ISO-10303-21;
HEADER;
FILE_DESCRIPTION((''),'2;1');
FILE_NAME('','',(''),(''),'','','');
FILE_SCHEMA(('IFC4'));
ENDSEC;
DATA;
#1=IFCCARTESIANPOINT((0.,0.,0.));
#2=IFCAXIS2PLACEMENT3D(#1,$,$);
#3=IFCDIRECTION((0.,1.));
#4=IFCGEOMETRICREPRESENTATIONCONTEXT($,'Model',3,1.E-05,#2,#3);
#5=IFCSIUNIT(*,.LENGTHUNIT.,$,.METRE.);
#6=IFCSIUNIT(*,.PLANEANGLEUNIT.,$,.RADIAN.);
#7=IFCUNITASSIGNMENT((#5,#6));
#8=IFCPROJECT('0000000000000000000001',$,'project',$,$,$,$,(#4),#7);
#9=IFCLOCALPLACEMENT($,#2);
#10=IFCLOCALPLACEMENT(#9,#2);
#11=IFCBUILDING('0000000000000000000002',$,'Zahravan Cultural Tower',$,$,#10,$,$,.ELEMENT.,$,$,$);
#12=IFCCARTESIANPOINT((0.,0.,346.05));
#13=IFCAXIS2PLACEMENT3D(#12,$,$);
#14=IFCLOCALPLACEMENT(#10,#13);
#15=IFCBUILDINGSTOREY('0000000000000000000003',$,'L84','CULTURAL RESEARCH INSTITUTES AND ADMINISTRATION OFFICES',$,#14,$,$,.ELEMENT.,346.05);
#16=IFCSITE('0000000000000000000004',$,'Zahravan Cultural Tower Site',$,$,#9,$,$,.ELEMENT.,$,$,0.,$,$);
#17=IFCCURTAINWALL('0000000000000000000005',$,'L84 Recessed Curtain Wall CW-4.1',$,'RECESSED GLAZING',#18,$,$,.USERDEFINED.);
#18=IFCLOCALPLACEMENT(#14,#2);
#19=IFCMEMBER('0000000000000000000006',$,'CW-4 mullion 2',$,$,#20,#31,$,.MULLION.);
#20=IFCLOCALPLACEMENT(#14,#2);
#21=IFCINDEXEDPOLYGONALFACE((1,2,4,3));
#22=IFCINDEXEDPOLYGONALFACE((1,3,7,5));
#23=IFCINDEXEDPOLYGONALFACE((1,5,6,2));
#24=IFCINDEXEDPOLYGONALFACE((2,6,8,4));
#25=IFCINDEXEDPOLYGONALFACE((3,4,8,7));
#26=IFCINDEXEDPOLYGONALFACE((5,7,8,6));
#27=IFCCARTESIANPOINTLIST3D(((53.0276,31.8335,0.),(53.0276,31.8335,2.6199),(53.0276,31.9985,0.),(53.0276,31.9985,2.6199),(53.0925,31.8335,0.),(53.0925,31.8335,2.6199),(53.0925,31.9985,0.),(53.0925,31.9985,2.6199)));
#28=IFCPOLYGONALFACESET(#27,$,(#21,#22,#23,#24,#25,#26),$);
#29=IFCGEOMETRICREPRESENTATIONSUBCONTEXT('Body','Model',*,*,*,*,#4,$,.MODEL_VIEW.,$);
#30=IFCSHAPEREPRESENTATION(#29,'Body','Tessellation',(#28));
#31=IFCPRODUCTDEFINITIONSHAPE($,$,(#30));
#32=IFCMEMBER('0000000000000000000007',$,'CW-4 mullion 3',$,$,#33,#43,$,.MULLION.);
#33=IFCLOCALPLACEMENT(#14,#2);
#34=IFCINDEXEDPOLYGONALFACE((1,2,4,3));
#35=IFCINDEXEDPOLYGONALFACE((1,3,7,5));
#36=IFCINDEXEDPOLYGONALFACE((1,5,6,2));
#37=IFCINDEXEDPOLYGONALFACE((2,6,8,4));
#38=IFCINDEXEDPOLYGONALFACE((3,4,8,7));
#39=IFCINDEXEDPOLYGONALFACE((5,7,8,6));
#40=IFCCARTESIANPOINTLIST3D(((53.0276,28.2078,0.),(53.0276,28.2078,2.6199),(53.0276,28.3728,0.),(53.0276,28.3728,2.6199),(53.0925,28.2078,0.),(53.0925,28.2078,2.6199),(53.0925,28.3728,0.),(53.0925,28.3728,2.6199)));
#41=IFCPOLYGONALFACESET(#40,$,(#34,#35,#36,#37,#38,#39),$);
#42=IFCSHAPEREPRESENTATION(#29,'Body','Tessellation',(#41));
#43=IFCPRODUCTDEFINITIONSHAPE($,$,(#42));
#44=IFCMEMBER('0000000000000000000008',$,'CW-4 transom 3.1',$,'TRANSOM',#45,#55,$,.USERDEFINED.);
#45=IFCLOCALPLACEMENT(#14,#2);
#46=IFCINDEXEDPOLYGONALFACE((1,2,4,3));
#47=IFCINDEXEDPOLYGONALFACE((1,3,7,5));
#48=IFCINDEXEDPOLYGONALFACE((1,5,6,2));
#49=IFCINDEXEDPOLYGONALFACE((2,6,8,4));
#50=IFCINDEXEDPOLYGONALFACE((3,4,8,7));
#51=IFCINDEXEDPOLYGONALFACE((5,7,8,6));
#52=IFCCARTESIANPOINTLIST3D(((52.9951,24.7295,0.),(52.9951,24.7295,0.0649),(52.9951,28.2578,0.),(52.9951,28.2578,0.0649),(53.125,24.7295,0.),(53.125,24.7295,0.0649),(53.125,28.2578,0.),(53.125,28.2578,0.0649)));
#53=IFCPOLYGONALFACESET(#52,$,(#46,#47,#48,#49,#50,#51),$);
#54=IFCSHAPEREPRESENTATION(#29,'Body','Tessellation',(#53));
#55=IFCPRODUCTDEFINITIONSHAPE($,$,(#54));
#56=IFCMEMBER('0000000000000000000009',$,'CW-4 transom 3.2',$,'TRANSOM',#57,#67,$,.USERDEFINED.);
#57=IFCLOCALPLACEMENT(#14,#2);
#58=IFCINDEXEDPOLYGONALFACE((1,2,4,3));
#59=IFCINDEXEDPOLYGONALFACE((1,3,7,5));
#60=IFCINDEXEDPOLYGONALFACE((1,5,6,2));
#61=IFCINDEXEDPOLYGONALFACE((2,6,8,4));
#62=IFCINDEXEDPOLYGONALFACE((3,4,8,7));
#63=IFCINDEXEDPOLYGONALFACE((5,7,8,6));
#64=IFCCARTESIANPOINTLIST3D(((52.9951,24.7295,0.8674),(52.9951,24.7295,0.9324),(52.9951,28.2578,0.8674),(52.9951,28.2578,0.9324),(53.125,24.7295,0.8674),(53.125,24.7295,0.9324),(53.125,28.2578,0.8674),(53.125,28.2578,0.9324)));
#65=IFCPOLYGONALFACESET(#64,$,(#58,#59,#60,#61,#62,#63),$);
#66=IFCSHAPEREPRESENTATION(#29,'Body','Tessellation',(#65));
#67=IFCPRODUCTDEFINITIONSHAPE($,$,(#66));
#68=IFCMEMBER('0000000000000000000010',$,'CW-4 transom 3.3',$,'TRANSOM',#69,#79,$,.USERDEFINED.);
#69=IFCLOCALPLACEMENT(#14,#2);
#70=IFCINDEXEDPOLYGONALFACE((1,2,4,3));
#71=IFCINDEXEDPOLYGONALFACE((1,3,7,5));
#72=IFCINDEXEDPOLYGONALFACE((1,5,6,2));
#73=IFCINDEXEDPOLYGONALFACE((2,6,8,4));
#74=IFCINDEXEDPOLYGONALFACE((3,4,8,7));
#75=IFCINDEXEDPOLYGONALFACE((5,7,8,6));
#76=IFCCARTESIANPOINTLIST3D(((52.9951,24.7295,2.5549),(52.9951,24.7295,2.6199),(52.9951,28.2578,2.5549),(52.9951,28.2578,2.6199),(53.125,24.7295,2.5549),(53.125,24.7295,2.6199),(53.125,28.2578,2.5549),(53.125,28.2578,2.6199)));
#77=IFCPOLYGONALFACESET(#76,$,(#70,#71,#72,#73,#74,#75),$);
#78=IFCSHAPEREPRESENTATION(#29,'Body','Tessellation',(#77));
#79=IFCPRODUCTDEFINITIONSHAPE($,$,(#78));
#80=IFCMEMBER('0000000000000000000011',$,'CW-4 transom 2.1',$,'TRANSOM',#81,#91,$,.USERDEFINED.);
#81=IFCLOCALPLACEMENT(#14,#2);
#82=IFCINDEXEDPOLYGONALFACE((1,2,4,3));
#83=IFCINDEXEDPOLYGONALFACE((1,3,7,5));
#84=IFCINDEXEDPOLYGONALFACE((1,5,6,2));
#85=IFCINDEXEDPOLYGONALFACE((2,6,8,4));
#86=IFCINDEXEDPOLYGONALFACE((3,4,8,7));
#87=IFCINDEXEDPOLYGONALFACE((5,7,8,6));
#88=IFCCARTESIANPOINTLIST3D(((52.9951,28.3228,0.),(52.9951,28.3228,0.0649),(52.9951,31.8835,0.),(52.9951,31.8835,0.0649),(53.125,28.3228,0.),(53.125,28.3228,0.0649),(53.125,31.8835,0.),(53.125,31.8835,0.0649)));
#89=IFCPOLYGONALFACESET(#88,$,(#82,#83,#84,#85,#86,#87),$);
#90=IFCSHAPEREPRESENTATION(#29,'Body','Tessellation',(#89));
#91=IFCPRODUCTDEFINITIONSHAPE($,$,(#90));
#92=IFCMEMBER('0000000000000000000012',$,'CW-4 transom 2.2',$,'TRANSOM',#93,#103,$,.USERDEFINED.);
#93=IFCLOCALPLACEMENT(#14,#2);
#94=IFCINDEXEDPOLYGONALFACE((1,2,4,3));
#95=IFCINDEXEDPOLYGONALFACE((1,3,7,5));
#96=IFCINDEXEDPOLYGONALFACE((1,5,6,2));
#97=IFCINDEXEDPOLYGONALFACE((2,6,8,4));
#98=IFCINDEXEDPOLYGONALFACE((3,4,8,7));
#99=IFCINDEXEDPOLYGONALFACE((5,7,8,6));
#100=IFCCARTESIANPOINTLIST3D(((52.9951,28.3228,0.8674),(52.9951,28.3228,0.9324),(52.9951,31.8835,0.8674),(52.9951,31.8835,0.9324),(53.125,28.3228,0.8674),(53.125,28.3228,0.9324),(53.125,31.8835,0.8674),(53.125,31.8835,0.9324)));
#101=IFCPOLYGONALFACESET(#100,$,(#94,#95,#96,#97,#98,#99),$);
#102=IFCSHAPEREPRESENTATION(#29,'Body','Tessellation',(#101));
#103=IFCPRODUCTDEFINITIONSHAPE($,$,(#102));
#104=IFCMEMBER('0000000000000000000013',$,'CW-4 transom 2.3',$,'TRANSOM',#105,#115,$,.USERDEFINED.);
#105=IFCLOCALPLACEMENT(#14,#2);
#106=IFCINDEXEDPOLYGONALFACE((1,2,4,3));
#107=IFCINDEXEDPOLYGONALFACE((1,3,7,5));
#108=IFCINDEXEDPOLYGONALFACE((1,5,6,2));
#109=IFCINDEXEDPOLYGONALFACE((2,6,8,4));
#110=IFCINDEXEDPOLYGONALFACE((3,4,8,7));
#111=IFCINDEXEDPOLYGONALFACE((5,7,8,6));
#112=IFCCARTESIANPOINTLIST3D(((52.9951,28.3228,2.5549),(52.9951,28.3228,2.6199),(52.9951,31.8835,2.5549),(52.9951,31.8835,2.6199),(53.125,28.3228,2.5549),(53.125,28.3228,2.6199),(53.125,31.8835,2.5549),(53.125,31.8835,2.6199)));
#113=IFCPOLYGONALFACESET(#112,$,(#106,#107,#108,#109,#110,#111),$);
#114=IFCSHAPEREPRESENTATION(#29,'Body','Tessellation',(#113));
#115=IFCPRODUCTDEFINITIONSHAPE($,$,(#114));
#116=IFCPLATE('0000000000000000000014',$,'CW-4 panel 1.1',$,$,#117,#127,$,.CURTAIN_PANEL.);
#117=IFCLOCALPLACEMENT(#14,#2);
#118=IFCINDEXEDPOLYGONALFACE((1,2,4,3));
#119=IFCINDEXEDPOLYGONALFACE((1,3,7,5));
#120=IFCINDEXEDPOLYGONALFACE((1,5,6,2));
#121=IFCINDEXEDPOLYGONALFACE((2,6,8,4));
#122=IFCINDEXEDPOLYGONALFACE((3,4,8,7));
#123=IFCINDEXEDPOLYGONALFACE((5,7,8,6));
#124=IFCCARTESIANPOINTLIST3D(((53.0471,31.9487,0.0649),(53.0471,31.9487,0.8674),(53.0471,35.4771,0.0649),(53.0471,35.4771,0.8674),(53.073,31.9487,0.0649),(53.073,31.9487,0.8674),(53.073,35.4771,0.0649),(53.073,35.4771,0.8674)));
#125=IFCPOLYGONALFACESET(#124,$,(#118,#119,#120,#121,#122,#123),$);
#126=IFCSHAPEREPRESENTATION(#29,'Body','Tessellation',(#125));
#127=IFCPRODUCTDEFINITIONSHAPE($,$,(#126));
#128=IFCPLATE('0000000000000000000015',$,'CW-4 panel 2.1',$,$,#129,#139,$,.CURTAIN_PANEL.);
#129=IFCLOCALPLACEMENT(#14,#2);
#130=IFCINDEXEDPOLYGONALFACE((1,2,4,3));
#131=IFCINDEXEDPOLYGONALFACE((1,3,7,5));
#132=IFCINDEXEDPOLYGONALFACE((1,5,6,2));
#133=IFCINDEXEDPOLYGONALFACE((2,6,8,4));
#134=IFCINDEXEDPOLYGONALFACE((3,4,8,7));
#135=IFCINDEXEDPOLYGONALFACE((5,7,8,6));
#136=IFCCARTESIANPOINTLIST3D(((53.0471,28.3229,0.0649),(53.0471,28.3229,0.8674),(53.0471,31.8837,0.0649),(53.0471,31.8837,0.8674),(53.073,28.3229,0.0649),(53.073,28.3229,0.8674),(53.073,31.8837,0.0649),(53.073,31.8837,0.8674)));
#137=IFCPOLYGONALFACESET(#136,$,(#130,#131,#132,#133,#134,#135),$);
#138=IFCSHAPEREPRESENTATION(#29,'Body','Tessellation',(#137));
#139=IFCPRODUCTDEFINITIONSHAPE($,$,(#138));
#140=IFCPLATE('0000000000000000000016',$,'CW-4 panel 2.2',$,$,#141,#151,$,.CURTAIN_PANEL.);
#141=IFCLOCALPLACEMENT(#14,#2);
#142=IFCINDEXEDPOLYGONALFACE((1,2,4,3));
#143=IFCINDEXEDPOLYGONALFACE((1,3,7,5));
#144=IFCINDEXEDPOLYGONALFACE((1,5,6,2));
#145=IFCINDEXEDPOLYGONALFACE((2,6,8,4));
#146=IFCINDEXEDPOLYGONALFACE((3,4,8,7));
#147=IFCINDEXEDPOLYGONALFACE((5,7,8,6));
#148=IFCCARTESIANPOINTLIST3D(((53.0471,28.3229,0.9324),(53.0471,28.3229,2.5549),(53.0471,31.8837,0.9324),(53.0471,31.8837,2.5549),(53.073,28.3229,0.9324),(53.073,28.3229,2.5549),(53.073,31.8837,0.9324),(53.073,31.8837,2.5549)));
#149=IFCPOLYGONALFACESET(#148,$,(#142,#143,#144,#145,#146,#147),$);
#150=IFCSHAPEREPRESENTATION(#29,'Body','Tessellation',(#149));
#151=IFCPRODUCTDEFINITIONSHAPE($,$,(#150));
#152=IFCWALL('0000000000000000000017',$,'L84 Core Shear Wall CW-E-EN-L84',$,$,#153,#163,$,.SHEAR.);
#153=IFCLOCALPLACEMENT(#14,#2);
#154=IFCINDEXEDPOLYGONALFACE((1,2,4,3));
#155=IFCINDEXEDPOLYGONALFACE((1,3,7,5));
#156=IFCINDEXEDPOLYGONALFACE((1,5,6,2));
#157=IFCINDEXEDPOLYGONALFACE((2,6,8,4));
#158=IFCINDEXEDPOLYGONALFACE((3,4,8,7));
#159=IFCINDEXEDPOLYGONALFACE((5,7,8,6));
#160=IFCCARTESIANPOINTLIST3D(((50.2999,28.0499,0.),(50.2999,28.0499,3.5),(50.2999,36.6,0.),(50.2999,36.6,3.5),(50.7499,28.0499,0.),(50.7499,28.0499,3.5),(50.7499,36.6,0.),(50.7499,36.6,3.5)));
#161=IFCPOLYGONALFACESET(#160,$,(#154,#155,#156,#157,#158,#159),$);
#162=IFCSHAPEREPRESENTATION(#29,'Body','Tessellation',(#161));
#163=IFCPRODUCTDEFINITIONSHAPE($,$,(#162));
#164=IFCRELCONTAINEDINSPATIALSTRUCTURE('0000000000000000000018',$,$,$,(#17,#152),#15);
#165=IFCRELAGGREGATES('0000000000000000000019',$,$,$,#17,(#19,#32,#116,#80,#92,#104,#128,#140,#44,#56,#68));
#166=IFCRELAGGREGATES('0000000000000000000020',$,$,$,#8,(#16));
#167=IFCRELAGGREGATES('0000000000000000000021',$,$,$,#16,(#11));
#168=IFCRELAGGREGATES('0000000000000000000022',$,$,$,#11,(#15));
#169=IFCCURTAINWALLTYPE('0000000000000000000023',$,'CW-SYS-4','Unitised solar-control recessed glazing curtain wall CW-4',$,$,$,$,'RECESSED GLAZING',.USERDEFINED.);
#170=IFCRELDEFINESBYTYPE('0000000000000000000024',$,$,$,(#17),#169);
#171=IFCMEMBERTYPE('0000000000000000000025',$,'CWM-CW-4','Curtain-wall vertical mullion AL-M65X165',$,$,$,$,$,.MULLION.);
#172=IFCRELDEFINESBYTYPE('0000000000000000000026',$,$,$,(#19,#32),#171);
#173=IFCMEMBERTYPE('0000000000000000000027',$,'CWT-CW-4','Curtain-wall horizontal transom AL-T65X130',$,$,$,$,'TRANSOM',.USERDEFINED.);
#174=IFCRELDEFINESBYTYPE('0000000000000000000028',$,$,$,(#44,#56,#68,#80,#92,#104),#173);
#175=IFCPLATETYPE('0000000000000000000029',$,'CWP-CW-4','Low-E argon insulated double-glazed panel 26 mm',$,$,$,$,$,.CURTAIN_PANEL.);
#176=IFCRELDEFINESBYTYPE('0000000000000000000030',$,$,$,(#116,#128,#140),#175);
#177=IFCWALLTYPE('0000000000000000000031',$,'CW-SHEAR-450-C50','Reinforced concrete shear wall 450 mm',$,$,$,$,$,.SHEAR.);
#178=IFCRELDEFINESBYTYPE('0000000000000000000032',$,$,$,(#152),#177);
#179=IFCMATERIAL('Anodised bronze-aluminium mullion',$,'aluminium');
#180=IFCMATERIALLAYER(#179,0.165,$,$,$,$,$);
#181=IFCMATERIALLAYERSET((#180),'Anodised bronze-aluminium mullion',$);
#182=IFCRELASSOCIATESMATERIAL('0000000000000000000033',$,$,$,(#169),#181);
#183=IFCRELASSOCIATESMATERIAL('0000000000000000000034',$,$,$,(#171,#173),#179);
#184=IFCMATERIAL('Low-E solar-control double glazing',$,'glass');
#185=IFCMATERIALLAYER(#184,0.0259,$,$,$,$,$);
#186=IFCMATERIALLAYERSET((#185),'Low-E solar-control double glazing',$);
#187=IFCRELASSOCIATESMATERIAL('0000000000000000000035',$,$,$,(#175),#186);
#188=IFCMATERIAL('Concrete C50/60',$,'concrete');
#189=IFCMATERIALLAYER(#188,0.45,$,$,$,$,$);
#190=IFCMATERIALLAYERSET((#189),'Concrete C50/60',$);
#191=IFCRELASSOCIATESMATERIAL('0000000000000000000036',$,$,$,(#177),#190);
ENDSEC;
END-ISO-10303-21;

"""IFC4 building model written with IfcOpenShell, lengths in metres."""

from ifc_helpers import new_model, si_unit, direction, frame, frame_2d, origin, origin_2d, place, context, subcontext, project, spatial, rectangle, extrude, source, transform, mapped, material, layer, layer_set, material_profile, profile_set, type_object, element, aggregate, save


model = new_model("IFC4")

# Units and contexts
model_context = context("Model", 3, precision=1e-05, world=origin(), true_north=direction((0.0, 1.0)))
body_context = subcontext(model_context, "Body", "Model", "MODEL_VIEW")
ifc_project = project(units=[si_unit("LENGTHUNIT", "METRE"), si_unit("PLANEANGLEUNIT", "RADIAN")], contexts=[model_context])

# Site, building, storey
site_placement = place(None, origin())
site = spatial("IfcSite", under=ifc_project, at=site_placement, Name="Zahravan Cultural Tower Site", CompositionType="ELEMENT", RefElevation=0.0)
building_placement = place(site_placement, origin())
building = spatial("IfcBuilding", under=site, at=building_placement, Name="Zahravan Cultural Tower", CompositionType="ELEMENT")
storey_placement = place(building_placement, frame((0.0, 0.0, 346.05)))
storey = spatial("IfcBuildingStorey", under=building, at=storey_placement, Name="L84", Description="CULTURAL RESEARCH INSTITUTES AND ADMINISTRATION OFFICES", CompositionType="ELEMENT", Elevation=346.05)

# Curtain wall, members, plates
ifc_material_1 = material(Name="Anodised bronze-aluminium mullion", Category="aluminium")
ifc_layer_1 = layer(ifc_material_1, 0.165)
ifc_layer_set_1 = layer_set([ifc_layer_1], Name="Anodised bronze-aluminium mullion")
curtain_wall_type = type_object("IfcCurtainWallType", Name="CW-SYS-4", Description="Unitised solar-control recessed glazing curtain wall CW-4", ElementType="RECESSED GLAZING", PredefinedType="USERDEFINED", material=ifc_layer_set_1)
curtain_wall_placement = place(storey_placement, origin())
curtain_wall = element("IfcCurtainWall", 1, at=curtain_wall_placement, inside=storey, type_object=curtain_wall_type, Name="L84 Recessed Curtain Wall CW-4.1", ObjectType="RECESSED GLAZING", PredefinedType="USERDEFINED")
ifc_material_profile_1 = material_profile(ifc_material_1, rectangle(XDim=0.0649, YDim=0.165, at=origin_2d()), Name="AL-M65X165")
ifc_profile_set_1 = profile_set([ifc_material_profile_1], Name="Anodised bronze-aluminium mullion")
member_type_1 = type_object("IfcMemberType", Name="CWM-CW-4", Description="Curtain-wall vertical mullion AL-M65X165", PredefinedType="MULLION", material=ifc_profile_set_1)
shared_shape_1 = source(origin(), body_context, "Body", "SweptSolid", [
    extrude(rectangle(XDim=0.0649, YDim=0.165, at=origin_2d()), origin(), (0.0, 0.0, 1.0), 2.6199),
])
member_1_placement = place(storey_placement, frame((53.0601, 31.916, 0.0), z_axis=(0.0, 0.0, 1.0), x_axis=(1.0, 0.0, 0.0)))
member_1 = element("IfcMember", 2, at=member_1_placement, type_object=member_type_1, Name="CW-4 mullion 2", PredefinedType="MULLION", context=body_context, shape_type="MappedRepresentation", body=[
    mapped(shared_shape_1, transform((0.0, 0.0, 0.0), x_axis=(1.0, 0.0, 0.0), y_axis=(0.0, 1.0, 0.0), z_axis=(0.0, 0.0, 1.0), scale=1.0)),
])
member_2_placement = place(storey_placement, frame((53.0601, 28.2903, 0.0), z_axis=(0.0, 0.0, 1.0), x_axis=(1.0, 0.0, 0.0)))
member_2 = element("IfcMember", 3, at=member_2_placement, type_object=member_type_1, Name="CW-4 mullion 3", PredefinedType="MULLION", context=body_context, shape_type="MappedRepresentation", body=[
    mapped(shared_shape_1, transform((0.0, 0.0, 0.0), x_axis=(1.0, 0.0, 0.0), y_axis=(0.0, 1.0, 0.0), z_axis=(0.0, 0.0, 1.0), scale=1.0)),
])
ifc_material_profile_2 = material_profile(ifc_material_1, rectangle(XDim=0.1299, YDim=0.0649, at=origin_2d()), Name="AL-T65X130")
ifc_profile_set_2 = profile_set([ifc_material_profile_2], Name="Anodised bronze-aluminium mullion")
member_type_2 = type_object("IfcMemberType", Name="CWT-CW-4", Description="Curtain-wall horizontal transom AL-T65X130", ElementType="TRANSOM", PredefinedType="USERDEFINED", material=ifc_profile_set_2)
shared_shape_2 = source(origin(), body_context, "Body", "SweptSolid", [
    extrude(rectangle(XDim=0.1299, YDim=0.0649, at=origin_2d()), origin(), (0.0, 0.0, 1.0), 3.5283),
])
member_3_placement = place(storey_placement, frame((53.0601, 28.2578, 0.0325), z_axis=(0.0, -1.0, 0.0), x_axis=(1.0, 0.0, 0.0)))
member_3 = element("IfcMember", 4, at=member_3_placement, type_object=member_type_2, Name="CW-4 transom 3.1", ObjectType="TRANSOM", PredefinedType="USERDEFINED", context=body_context, shape_type="MappedRepresentation", body=[
    mapped(shared_shape_2, transform((0.0, 0.0, 0.0), x_axis=(1.0, 0.0, 0.0), y_axis=(0.0, 1.0, 0.0), z_axis=(0.0, 0.0, 1.0), scale=1.0)),
])
member_4_placement = place(storey_placement, frame((53.0601, 28.2578, 0.8999), z_axis=(0.0, -1.0, 0.0), x_axis=(1.0, 0.0, 0.0)))
member_4 = element("IfcMember", 5, at=member_4_placement, type_object=member_type_2, Name="CW-4 transom 3.2", ObjectType="TRANSOM", PredefinedType="USERDEFINED", context=body_context, shape_type="MappedRepresentation", body=[
    mapped(shared_shape_2, transform((0.0, 0.0, 0.0), x_axis=(1.0, 0.0, 0.0), y_axis=(0.0, 1.0, 0.0), z_axis=(0.0, 0.0, 1.0), scale=1.0)),
])
member_5_placement = place(storey_placement, frame((53.0601, 28.2578, 2.5874), z_axis=(0.0, -1.0, 0.0), x_axis=(1.0, 0.0, 0.0)))
member_5 = element("IfcMember", 6, at=member_5_placement, type_object=member_type_2, Name="CW-4 transom 3.3", ObjectType="TRANSOM", PredefinedType="USERDEFINED", context=body_context, shape_type="MappedRepresentation", body=[
    mapped(shared_shape_2, transform((0.0, 0.0, 0.0), x_axis=(1.0, 0.0, 0.0), y_axis=(0.0, 1.0, 0.0), z_axis=(0.0, 0.0, 1.0), scale=1.0)),
])
shared_shape_3 = source(origin(), body_context, "Body", "SweptSolid", [
    extrude(rectangle(XDim=0.1299, YDim=0.0649, at=origin_2d()), origin(), (0.0, 0.0, 1.0), 3.5608),
])
member_6_placement = place(storey_placement, frame((53.0601, 31.8835, 0.0325), z_axis=(0.0, -1.0, 0.0), x_axis=(1.0, 0.0, 0.0)))
member_6 = element("IfcMember", 7, at=member_6_placement, type_object=member_type_2, Name="CW-4 transom 2.1", ObjectType="TRANSOM", PredefinedType="USERDEFINED", context=body_context, shape_type="MappedRepresentation", body=[
    mapped(shared_shape_3, transform((0.0, 0.0, 0.0), x_axis=(1.0, 0.0, 0.0), y_axis=(0.0, 1.0, 0.0), z_axis=(0.0, 0.0, 1.0), scale=1.0)),
])
member_7_placement = place(storey_placement, frame((53.0601, 31.8835, 0.8999), z_axis=(0.0, -1.0, 0.0), x_axis=(1.0, 0.0, 0.0)))
member_7 = element("IfcMember", 8, at=member_7_placement, type_object=member_type_2, Name="CW-4 transom 2.2", ObjectType="TRANSOM", PredefinedType="USERDEFINED", context=body_context, shape_type="MappedRepresentation", body=[
    mapped(shared_shape_3, transform((0.0, 0.0, 0.0), x_axis=(1.0, 0.0, 0.0), y_axis=(0.0, 1.0, 0.0), z_axis=(0.0, 0.0, 1.0), scale=1.0)),
])
member_8_placement = place(storey_placement, frame((53.0601, 31.8835, 2.5874), z_axis=(0.0, -1.0, 0.0), x_axis=(1.0, 0.0, 0.0)))
member_8 = element("IfcMember", 9, at=member_8_placement, type_object=member_type_2, Name="CW-4 transom 2.3", ObjectType="TRANSOM", PredefinedType="USERDEFINED", context=body_context, shape_type="MappedRepresentation", body=[
    mapped(shared_shape_3, transform((0.0, 0.0, 0.0), x_axis=(1.0, 0.0, 0.0), y_axis=(0.0, 1.0, 0.0), z_axis=(0.0, 0.0, 1.0), scale=1.0)),
])
ifc_material_2 = material(Name="Low-E solar-control double glazing", Category="glass")
ifc_layer_2 = layer(ifc_material_2, 0.0259)
ifc_layer_set_2 = layer_set([ifc_layer_2], Name="Low-E solar-control double glazing")
plate_type = type_object("IfcPlateType", Name="CWP-CW-4", Description="Low-E argon insulated double-glazed panel 26 mm", PredefinedType="CURTAIN_PANEL", material=ifc_layer_set_2)
shared_shape_4 = source(origin(), body_context, "Body", "SweptSolid", [
    extrude(rectangle(XDim=3.5283, YDim=0.0259, at=origin_2d()), origin(), (0.0, 0.0, 1.0), 0.8025),
])
plate_1_placement = place(storey_placement, frame((53.0601, 33.7129, 0.0649), z_axis=(0.0, 0.0, 1.0), x_axis=(0.0, -1.0, 0.0)))
plate_1 = element("IfcPlate", 10, at=plate_1_placement, type_object=plate_type, Name="CW-4 panel 1.1", PredefinedType="CURTAIN_PANEL", context=body_context, shape_type="MappedRepresentation", body=[
    mapped(shared_shape_4, transform((0.0, 0.0, 0.0), x_axis=(1.0, 0.0, 0.0), y_axis=(0.0, 1.0, 0.0), z_axis=(0.0, 0.0, 1.0), scale=1.0)),
])
shared_shape_5 = source(origin(), body_context, "Body", "SweptSolid", [
    extrude(rectangle(XDim=3.5608, YDim=0.0259, at=origin_2d()), origin(), (0.0, 0.0, 1.0), 0.8025),
])
plate_2_placement = place(storey_placement, frame((53.0601, 30.1033, 0.0649), z_axis=(0.0, 0.0, 1.0), x_axis=(0.0, -1.0, 0.0)))
plate_2 = element("IfcPlate", 11, at=plate_2_placement, type_object=plate_type, Name="CW-4 panel 2.1", PredefinedType="CURTAIN_PANEL", context=body_context, shape_type="MappedRepresentation", body=[
    mapped(shared_shape_5, transform((0.0, 0.0, 0.0), x_axis=(1.0, 0.0, 0.0), y_axis=(0.0, 1.0, 0.0), z_axis=(0.0, 0.0, 1.0), scale=1.0)),
])
shared_shape_6 = source(origin(), body_context, "Body", "SweptSolid", [
    extrude(rectangle(XDim=3.5608, YDim=0.0259, at=origin_2d()), origin(), (0.0, 0.0, 1.0), 1.6226),
])
plate_3_placement = place(storey_placement, frame((53.0601, 30.1033, 0.9324), z_axis=(0.0, 0.0, 1.0), x_axis=(0.0, -1.0, 0.0)))
plate_3 = element("IfcPlate", 12, at=plate_3_placement, type_object=plate_type, Name="CW-4 panel 2.2", PredefinedType="CURTAIN_PANEL", context=body_context, shape_type="MappedRepresentation", body=[
    mapped(shared_shape_6, transform((0.0, 0.0, 0.0), x_axis=(1.0, 0.0, 0.0), y_axis=(0.0, 1.0, 0.0), z_axis=(0.0, 0.0, 1.0), scale=1.0)),
])
aggregate(curtain_wall, [member_1, member_2, plate_1, member_6, member_7, member_8, plate_2, plate_3, member_3, member_4, member_5])

# Wall
ifc_material_3 = material(Name="Concrete C50/60", Category="concrete")
ifc_layer_3 = layer(ifc_material_3, 0.45)
ifc_layer_set_3 = layer_set([ifc_layer_3], Name="Concrete C50/60")
wall_type_1 = type_object("IfcWallType", Name="CW-SHEAR-450-C50", Description="Reinforced concrete shear wall 450 mm", PredefinedType="SHEAR", material=ifc_layer_set_3)
shared_shape_7 = source(origin(), body_context, "Body", "SweptSolid", [
    extrude(rectangle(XDim=8.55, YDim=0.45, at=frame_2d((4.2749, 0.0))), origin(), (0.0, 0.0, 1.0), 3.5),
])
wall_1_placement = place(storey_placement, frame((50.5249, 28.05, 0.0), z_axis=(0.0, 0.0, 1.0), x_axis=(0.0, 1.0, 0.0)))
element("IfcWall", 13, at=wall_1_placement, inside=storey, type_object=wall_type_1, Name="L84 Core Shear Wall CW-E-EN-L84", PredefinedType="SHEAR", context=body_context, shape_type="MappedRepresentation", body=[
    mapped(shared_shape_7, transform((0.0, 0.0, 0.0), x_axis=(1.0, 0.0, 0.0), y_axis=(0.0, 1.0, 0.0), z_axis=(0.0, 0.0, 1.0), scale=1.0)),
])

save(model, "model.ifc")
